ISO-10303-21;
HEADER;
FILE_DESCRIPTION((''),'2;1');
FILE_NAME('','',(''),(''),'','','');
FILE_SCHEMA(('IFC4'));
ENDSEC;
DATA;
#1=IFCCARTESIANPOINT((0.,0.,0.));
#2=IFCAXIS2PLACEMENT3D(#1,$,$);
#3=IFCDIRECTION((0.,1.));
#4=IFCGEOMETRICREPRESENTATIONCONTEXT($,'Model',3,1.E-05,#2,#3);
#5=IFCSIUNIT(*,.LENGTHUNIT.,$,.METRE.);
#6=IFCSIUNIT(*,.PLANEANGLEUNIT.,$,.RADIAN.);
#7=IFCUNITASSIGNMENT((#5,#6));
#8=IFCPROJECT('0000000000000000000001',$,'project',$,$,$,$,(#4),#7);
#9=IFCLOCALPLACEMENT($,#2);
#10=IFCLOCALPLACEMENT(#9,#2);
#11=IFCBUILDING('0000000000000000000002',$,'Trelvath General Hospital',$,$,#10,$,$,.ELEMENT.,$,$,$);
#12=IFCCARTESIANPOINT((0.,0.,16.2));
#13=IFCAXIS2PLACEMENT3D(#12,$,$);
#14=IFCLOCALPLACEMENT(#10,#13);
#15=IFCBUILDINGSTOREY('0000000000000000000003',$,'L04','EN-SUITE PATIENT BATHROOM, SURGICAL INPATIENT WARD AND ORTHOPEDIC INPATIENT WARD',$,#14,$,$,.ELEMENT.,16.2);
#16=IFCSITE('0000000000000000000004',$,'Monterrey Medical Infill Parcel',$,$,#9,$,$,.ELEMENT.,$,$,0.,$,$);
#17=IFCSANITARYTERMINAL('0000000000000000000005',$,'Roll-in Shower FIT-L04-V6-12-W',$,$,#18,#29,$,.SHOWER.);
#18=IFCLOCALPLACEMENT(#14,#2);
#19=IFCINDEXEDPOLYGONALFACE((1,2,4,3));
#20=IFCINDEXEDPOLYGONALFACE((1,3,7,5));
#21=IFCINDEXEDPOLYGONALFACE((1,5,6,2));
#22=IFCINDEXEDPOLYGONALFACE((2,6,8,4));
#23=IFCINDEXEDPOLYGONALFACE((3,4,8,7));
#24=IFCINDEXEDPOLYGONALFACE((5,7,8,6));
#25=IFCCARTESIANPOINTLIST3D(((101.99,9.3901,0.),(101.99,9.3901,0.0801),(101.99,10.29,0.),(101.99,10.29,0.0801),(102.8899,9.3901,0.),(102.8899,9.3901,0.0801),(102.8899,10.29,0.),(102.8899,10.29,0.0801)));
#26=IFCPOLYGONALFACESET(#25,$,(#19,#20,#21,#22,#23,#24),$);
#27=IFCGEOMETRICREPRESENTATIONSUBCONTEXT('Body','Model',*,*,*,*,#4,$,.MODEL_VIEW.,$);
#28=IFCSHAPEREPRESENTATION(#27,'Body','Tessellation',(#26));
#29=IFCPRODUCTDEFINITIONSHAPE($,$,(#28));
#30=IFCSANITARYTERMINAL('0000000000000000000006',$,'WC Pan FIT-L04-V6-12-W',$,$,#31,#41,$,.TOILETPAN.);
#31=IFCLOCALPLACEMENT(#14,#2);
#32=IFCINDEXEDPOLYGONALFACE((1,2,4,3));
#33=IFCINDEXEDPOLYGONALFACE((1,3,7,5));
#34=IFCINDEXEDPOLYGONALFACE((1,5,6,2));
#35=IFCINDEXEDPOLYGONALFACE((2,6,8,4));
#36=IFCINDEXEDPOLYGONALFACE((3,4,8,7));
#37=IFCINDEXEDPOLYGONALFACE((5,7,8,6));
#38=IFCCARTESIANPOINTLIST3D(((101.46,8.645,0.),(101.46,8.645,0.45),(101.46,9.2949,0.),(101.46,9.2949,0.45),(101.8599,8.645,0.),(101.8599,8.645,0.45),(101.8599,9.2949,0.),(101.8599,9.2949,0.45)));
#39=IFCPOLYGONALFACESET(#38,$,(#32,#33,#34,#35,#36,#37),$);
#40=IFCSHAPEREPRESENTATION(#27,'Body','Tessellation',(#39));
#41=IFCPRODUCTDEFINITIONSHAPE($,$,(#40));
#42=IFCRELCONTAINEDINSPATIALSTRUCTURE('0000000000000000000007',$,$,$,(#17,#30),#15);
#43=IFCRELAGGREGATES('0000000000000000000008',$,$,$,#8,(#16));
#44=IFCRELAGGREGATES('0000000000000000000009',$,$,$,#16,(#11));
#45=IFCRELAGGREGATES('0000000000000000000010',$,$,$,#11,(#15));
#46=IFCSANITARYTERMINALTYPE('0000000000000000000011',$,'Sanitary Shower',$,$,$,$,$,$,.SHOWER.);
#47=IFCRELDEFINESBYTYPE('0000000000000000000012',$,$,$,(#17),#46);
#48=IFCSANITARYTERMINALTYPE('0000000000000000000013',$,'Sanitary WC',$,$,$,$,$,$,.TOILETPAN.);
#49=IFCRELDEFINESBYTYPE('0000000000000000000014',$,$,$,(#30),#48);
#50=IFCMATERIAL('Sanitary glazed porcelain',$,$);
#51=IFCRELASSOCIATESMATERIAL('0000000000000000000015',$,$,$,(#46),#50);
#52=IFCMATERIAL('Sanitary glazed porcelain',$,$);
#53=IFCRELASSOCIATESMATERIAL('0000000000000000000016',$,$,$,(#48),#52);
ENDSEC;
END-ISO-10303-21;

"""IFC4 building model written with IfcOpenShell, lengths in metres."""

from ifc_helpers import new_model, si_unit, direction, frame, origin, origin_2d, place, context, subcontext, project, spatial, rectangle, extrude, material, type_object, element, save


model = new_model("IFC4")

# Units and contexts
model_context = context("Model", 3, precision=1e-05, world=origin(), true_north=direction((0.0, 1.0)))
body_context = subcontext(model_context, "Body", "Model", "MODEL_VIEW")
ifc_project = project(units=[si_unit("LENGTHUNIT", "METRE"), si_unit("PLANEANGLEUNIT", "RADIAN")], contexts=[model_context])

# Site, building, storey
site_placement = place(None, origin())
site = spatial("IfcSite", under=ifc_project, at=site_placement, Name="Monterrey Medical Infill Parcel", CompositionType="ELEMENT", RefElevation=0.0)
building_placement = place(site_placement, origin())
building = spatial("IfcBuilding", under=site, at=building_placement, Name="Trelvath General Hospital", CompositionType="ELEMENT")
storey_placement = place(building_placement, frame((0.0, 0.0, 16.2)))
storey = spatial("IfcBuildingStorey", under=building, at=storey_placement, Name="L04", Description="EN-SUITE PATIENT BATHROOM, SURGICAL INPATIENT WARD AND ORTHOPEDIC INPATIENT WARD", CompositionType="ELEMENT", Elevation=16.2)

# Sanitary terminals
ifc_material_1 = material(Name="Sanitary glazed porcelain")
sanitary_terminal_type_1 = type_object("IfcSanitaryTerminalType", Name="Sanitary Shower", PredefinedType="SHOWER", material=ifc_material_1)
sanitary_terminal_1_placement = place(storey_placement, frame((102.4399, 9.8401, 0.0), z_axis=(0.0, 0.0, 1.0), x_axis=(1.0, 0.0, 0.0)))
element("IfcSanitaryTerminal", 1, at=sanitary_terminal_1_placement, inside=storey, type_object=sanitary_terminal_type_1, Name="Roll-in Shower FIT-L04-V6-12-W", PredefinedType="SHOWER", context=body_context, shape_type="SweptSolid", body=[
    extrude(rectangle(XDim=0.8999, YDim=0.8999, at=origin_2d()), origin(), (0.0, 0.0, 1.0), 0.0801),
])
ifc_material_2 = material(Name="Sanitary glazed porcelain")
sanitary_terminal_type_2 = type_object("IfcSanitaryTerminalType", Name="Sanitary WC", PredefinedType="TOILETPAN", material=ifc_material_2)
sanitary_terminal_2_placement = place(storey_placement, frame((101.6599, 8.97, 0.0), z_axis=(0.0, 0.0, 1.0), x_axis=(1.0, 0.0, 0.0)))
element("IfcSanitaryTerminal", 2, at=sanitary_terminal_2_placement, inside=storey, type_object=sanitary_terminal_type_2, Name="WC Pan FIT-L04-V6-12-W", PredefinedType="TOILETPAN", context=body_context, shape_type="SweptSolid", body=[
    extrude(rectangle(XDim=0.3999, YDim=0.6499, at=origin_2d()), origin(), (0.0, 0.0, 1.0), 0.45),
])

save(model, "model.ifc")
